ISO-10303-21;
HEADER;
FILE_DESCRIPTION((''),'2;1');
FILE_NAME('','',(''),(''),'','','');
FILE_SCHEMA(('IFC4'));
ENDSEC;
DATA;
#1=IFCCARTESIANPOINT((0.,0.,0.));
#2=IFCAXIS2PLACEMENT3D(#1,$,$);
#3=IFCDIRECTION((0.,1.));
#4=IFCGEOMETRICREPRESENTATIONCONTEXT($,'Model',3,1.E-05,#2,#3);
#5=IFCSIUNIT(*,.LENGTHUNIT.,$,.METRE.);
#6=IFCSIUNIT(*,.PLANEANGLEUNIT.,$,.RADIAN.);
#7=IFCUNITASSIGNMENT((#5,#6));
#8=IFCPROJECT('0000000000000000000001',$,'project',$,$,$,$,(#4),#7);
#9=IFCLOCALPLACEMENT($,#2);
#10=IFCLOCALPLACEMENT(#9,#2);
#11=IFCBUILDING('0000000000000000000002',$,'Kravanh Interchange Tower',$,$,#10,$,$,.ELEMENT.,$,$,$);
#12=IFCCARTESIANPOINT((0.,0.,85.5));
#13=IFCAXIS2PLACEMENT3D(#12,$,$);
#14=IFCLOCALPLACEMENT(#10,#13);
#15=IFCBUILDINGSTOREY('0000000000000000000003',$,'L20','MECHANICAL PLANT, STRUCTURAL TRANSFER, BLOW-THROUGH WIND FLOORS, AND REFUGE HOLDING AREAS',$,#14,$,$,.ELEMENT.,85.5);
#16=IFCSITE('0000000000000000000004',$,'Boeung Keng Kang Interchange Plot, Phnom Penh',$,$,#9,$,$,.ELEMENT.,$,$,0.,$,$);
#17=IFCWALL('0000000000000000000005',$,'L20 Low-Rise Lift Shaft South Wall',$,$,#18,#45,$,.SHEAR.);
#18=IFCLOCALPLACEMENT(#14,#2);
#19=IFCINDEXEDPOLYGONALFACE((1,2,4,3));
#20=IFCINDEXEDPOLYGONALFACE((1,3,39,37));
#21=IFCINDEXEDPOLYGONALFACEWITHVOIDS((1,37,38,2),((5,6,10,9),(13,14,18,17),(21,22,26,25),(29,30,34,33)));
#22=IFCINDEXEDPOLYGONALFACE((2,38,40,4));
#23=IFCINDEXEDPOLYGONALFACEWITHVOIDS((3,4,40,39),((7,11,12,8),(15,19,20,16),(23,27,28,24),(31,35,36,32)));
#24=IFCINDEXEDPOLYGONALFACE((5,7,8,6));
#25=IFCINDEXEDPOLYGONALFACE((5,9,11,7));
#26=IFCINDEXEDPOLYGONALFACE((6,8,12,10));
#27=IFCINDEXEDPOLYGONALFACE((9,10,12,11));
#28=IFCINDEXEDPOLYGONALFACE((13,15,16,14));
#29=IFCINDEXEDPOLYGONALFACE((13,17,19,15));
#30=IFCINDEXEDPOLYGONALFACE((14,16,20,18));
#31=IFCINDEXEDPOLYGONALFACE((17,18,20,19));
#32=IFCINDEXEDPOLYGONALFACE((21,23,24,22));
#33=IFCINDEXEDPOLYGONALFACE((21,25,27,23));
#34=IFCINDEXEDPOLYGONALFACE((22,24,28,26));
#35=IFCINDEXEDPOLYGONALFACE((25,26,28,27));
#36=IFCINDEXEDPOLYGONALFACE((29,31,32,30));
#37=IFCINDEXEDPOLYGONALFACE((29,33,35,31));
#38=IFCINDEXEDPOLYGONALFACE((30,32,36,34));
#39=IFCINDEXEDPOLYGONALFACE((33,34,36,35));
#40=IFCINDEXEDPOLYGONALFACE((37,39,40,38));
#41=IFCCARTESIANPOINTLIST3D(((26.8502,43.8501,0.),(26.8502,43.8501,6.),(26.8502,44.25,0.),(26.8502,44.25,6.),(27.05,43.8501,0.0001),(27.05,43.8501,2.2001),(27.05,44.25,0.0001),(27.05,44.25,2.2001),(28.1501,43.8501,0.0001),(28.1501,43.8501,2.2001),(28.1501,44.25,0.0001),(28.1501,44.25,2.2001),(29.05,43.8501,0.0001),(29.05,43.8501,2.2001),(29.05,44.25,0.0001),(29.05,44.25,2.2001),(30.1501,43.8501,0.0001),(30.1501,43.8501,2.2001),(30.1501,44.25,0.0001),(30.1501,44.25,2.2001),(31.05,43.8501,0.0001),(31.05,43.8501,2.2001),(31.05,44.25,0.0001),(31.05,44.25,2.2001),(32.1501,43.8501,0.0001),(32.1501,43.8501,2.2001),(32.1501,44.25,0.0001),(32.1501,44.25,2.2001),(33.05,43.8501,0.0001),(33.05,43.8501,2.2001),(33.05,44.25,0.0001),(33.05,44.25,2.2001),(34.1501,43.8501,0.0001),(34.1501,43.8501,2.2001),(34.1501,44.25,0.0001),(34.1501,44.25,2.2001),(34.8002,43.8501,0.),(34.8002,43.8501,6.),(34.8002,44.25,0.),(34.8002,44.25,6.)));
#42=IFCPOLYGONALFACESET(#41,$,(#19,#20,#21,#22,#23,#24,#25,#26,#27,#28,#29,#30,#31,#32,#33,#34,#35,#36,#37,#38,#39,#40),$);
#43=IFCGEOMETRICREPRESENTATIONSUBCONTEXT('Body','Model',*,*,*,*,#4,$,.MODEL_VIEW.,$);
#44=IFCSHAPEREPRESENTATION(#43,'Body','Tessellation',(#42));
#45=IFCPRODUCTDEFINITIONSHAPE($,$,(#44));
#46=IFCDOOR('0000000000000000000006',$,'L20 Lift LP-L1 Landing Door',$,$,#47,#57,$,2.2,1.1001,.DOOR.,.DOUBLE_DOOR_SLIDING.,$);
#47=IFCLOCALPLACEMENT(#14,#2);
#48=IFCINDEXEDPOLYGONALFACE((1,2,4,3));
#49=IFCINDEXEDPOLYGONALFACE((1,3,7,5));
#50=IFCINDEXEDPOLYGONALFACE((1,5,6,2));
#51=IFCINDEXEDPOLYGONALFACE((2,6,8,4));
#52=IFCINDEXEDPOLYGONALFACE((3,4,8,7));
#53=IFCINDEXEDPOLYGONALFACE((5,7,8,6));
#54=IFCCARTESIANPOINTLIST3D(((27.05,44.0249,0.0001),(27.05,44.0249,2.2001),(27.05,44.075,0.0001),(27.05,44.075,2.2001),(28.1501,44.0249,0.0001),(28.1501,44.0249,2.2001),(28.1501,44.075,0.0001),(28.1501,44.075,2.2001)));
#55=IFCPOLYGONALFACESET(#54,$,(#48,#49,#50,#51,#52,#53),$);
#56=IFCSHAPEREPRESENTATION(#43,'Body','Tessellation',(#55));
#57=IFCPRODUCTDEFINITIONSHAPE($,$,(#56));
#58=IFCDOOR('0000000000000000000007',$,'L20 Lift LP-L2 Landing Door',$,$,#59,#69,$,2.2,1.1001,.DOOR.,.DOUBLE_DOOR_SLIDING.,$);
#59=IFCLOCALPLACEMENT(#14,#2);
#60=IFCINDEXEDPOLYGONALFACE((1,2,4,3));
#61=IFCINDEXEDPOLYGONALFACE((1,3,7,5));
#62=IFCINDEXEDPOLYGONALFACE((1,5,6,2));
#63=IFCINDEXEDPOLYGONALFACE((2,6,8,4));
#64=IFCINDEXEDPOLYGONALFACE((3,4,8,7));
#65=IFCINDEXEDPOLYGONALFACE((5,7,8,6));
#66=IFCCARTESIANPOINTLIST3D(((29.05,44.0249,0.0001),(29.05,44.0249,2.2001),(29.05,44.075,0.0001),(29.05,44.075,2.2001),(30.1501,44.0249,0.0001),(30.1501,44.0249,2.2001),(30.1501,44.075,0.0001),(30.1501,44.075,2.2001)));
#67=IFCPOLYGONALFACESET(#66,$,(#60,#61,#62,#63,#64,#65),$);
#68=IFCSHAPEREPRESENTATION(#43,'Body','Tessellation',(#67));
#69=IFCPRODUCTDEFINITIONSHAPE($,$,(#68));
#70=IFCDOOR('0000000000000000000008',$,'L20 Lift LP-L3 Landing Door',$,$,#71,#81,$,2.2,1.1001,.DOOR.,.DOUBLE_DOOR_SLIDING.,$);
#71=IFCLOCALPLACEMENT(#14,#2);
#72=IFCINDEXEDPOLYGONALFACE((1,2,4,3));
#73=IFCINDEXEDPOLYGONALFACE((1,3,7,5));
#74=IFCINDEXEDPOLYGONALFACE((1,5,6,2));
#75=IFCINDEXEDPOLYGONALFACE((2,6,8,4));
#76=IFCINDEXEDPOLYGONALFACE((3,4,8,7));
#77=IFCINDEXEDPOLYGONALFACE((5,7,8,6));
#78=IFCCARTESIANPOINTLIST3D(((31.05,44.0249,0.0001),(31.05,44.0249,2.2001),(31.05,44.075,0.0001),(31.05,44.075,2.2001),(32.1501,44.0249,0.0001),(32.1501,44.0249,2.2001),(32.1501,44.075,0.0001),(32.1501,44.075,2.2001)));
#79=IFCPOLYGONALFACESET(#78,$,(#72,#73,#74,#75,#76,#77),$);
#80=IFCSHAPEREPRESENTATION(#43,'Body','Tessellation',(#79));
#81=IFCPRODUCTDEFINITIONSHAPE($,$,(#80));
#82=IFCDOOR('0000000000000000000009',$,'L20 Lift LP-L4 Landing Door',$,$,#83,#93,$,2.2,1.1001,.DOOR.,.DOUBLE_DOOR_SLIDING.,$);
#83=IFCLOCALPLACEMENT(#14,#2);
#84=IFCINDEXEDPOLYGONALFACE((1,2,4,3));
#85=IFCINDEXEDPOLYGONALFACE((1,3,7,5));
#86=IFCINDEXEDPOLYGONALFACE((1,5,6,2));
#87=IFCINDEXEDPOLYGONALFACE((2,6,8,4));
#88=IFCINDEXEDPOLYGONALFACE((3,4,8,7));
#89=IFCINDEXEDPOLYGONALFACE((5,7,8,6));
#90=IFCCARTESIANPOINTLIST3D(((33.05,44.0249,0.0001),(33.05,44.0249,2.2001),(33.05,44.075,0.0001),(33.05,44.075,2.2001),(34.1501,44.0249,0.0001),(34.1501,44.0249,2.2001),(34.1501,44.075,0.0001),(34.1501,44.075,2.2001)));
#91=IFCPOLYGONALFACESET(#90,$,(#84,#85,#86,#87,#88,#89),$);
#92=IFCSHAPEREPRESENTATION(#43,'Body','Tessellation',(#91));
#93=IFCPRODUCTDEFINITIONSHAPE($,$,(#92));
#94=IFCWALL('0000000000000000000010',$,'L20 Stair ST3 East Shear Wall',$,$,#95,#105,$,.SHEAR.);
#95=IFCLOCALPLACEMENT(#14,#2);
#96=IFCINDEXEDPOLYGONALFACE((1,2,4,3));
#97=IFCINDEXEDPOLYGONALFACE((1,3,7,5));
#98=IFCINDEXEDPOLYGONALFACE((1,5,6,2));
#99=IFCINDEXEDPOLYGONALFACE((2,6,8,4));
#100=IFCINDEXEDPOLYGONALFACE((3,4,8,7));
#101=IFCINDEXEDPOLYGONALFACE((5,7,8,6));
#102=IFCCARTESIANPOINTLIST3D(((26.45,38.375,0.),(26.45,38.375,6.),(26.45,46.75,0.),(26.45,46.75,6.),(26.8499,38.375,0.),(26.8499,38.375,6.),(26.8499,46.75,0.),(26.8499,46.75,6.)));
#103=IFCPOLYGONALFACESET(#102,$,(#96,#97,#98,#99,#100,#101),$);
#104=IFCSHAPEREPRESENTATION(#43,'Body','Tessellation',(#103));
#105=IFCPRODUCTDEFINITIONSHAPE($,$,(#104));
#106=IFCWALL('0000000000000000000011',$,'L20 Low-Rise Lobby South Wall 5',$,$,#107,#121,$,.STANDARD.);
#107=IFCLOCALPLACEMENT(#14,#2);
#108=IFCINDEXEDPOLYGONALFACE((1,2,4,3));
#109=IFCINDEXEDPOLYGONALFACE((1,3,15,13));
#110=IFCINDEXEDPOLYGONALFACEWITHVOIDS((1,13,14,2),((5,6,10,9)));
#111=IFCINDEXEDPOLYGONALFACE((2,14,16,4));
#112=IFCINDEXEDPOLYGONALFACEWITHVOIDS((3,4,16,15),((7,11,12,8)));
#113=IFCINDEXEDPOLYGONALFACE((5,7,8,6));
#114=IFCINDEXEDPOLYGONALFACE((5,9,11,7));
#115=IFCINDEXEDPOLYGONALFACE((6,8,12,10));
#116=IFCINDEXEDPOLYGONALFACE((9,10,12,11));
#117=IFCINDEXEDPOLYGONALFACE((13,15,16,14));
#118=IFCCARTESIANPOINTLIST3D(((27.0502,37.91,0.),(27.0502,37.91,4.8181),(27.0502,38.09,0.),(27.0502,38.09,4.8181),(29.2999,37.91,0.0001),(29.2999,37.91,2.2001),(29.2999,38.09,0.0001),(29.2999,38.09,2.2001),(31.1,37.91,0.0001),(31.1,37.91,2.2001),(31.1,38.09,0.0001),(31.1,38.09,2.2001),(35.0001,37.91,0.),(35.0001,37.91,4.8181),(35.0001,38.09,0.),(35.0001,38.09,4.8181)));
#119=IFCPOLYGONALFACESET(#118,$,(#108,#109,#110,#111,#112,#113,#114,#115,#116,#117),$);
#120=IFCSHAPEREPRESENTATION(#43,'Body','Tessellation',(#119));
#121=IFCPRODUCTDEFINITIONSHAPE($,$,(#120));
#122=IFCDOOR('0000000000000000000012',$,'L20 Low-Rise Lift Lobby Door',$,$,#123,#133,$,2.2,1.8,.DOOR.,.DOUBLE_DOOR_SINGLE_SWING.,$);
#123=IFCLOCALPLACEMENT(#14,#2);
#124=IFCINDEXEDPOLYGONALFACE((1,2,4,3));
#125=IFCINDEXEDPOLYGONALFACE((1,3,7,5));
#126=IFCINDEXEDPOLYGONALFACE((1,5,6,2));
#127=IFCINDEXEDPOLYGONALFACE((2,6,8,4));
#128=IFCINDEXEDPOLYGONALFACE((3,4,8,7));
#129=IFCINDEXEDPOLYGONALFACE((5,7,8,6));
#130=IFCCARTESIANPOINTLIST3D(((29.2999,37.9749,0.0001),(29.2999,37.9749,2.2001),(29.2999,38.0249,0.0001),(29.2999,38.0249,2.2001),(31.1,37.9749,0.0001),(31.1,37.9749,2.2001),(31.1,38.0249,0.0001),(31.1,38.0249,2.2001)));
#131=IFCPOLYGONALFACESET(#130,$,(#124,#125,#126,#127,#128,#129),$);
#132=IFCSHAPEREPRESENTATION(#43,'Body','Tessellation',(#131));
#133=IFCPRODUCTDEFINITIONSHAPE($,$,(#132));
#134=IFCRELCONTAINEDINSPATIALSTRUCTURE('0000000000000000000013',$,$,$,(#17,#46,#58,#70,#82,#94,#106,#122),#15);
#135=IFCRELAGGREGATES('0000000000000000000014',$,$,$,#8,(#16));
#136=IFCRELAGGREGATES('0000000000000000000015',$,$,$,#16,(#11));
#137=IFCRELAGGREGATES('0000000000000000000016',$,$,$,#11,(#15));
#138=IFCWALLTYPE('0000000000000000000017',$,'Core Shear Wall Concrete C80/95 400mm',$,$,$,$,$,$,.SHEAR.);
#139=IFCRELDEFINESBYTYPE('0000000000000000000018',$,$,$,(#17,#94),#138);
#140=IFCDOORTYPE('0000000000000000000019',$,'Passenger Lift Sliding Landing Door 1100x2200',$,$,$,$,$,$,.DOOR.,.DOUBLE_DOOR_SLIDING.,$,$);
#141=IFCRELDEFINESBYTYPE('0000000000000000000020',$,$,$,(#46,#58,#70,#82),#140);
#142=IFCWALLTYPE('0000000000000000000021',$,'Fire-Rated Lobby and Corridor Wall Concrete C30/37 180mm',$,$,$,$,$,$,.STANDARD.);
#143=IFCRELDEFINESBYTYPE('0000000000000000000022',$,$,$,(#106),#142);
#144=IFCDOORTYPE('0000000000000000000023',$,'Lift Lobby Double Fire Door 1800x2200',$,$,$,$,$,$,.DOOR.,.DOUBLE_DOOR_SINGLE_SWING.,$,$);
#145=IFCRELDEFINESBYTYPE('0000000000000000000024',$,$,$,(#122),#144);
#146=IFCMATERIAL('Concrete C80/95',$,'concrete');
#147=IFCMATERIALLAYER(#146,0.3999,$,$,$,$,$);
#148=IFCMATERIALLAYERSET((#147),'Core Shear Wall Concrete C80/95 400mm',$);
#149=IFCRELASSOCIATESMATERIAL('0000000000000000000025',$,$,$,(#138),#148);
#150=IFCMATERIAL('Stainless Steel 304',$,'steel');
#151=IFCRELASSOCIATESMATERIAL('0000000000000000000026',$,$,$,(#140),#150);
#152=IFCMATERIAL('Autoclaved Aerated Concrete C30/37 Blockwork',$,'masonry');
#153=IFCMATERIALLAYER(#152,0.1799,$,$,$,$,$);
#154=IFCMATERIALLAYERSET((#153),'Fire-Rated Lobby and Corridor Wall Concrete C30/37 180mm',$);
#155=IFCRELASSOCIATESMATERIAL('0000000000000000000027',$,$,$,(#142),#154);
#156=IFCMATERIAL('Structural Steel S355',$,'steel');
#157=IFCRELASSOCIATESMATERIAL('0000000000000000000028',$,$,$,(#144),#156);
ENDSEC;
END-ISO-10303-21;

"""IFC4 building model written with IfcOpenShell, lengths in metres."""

from ifc_helpers import new_model, si_unit, direction, frame, frame_2d, origin, place, context, subcontext, project, spatial, rectangle, extrude, material, layer, layer_set, type_object, element, fill, save


model = new_model("IFC4")

# Units and contexts
model_context = context("Model", 3, precision=1e-05, world=origin(), true_north=direction((0.0, 1.0)))
body_context = subcontext(model_context, "Body", "Model", "MODEL_VIEW")
ifc_project = project(units=[si_unit("LENGTHUNIT", "METRE"), si_unit("PLANEANGLEUNIT", "RADIAN")], contexts=[model_context])

# Site, building, storey
site_placement = place(None, origin())
site = spatial("IfcSite", under=ifc_project, at=site_placement, Name="Boeung Keng Kang Interchange Plot, Phnom Penh", CompositionType="ELEMENT", RefElevation=0.0)
building_placement = place(site_placement, origin())
building = spatial("IfcBuilding", under=site, at=building_placement, Name="Kravanh Interchange Tower", CompositionType="ELEMENT")
storey_placement = place(building_placement, frame((0.0, 0.0, 85.5)))
storey = spatial("IfcBuildingStorey", under=building, at=storey_placement, Name="L20", Description="MECHANICAL PLANT, STRUCTURAL TRANSFER, BLOW-THROUGH WIND FLOORS, AND REFUGE HOLDING AREAS", CompositionType="ELEMENT", Elevation=85.5)

# Shared definitions
ifc_material_1 = material(Name="Concrete C80/95", Category="concrete")
ifc_layer_1 = layer(ifc_material_1, 0.3999)
ifc_layer_set_1 = layer_set([ifc_layer_1], Name="Core Shear Wall Concrete C80/95 400mm")
wall_type_1 = type_object("IfcWallType", Name="Core Shear Wall Concrete C80/95 400mm", PredefinedType="SHEAR", material=ifc_layer_set_1)

# Wall, openings, doors
wall_1_placement = place(storey_placement, frame((26.8501, 44.05, 0.0), z_axis=(0.0, 0.0, 1.0), x_axis=(1.0, 0.0, 0.0)))
wall_1 = element("IfcWall", 1, at=wall_1_placement, inside=storey, type_object=wall_type_1, Name="L20 Low-Rise Lift Shaft South Wall", PredefinedType="SHEAR", context=body_context, shape_type="SweptSolid", body=[
    extrude(rectangle(XDim=7.95, YDim=0.3999, at=frame_2d((3.9751, 0.0))), origin(), (0.0, 0.0, 1.0), 6.0),
])
opening_1_placement = place(wall_1_placement, frame((0.2, 0.0, 0.0)))
opening_1 = element("IfcOpeningElement", 2, at=opening_1_placement, cuts=wall_1, PredefinedType="OPENING", context=body_context, shape_type="SweptSolid", body=[
    extrude(rectangle(XDim=1.1001, YDim=2.2, at=frame_2d((0.55, 1.1001))), frame((0.0, 0.21, 0.0), z_axis=(0.0, -1.0, 0.0), x_axis=(1.0, 0.0, 0.0)), (0.0, 0.0, 1.0), 0.4199),
])
opening_2_placement = place(wall_1_placement, frame((2.2, 0.0, 0.0)))
opening_2 = element("IfcOpeningElement", 3, at=opening_2_placement, cuts=wall_1, PredefinedType="OPENING", context=body_context, shape_type="SweptSolid", body=[
    extrude(rectangle(XDim=1.1001, YDim=2.2, at=frame_2d((0.55, 1.1001))), frame((0.0, 0.21, 0.0), z_axis=(0.0, -1.0, 0.0), x_axis=(1.0, 0.0, 0.0)), (0.0, 0.0, 1.0), 0.4199),
])
opening_3_placement = place(wall_1_placement, frame((4.2, 0.0, 0.0)))
opening_3 = element("IfcOpeningElement", 4, at=opening_3_placement, cuts=wall_1, PredefinedType="OPENING", context=body_context, shape_type="SweptSolid", body=[
    extrude(rectangle(XDim=1.1001, YDim=2.2, at=frame_2d((0.55, 1.1001))), frame((0.0, 0.21, 0.0), z_axis=(0.0, -1.0, 0.0), x_axis=(1.0, 0.0, 0.0)), (0.0, 0.0, 1.0), 0.4199),
])
opening_4_placement = place(wall_1_placement, frame((6.2, 0.0, 0.0)))
opening_4 = element("IfcOpeningElement", 5, at=opening_4_placement, cuts=wall_1, PredefinedType="OPENING", context=body_context, shape_type="SweptSolid", body=[
    extrude(rectangle(XDim=1.1001, YDim=2.2, at=frame_2d((0.55, 1.1001))), frame((0.0, 0.21, 0.0), z_axis=(0.0, -1.0, 0.0), x_axis=(1.0, 0.0, 0.0)), (0.0, 0.0, 1.0), 0.4199),
])
ifc_material_2 = material(Name="Stainless Steel 304", Category="steel")
door_type_1 = type_object("IfcDoorType", Name="Passenger Lift Sliding Landing Door 1100x2200", OperationType="DOUBLE_DOOR_SLIDING", PredefinedType="DOOR", material=ifc_material_2)
door_1_placement = place(opening_1_placement, origin())
door_1 = element("IfcDoor", 6, at=door_1_placement, inside=storey, type_object=door_type_1, Name="L20 Lift LP-L1 Landing Door", OperationType="DOUBLE_DOOR_SLIDING", OverallHeight=2.2, OverallWidth=1.1001, PredefinedType="DOOR", context=body_context, shape_type="SweptSolid", body=[
    extrude(rectangle(XDim=1.1001, YDim=2.2, at=frame_2d((0.55, 1.1001))), frame((0.0, 0.0249, 0.0), z_axis=(0.0, -1.0, 0.0), x_axis=(1.0, 0.0, 0.0)), (0.0, 0.0, 1.0), 0.05),
])
fill(opening_1, door_1)
door_2_placement = place(opening_2_placement, origin())
door_2 = element("IfcDoor", 7, at=door_2_placement, inside=storey, type_object=door_type_1, Name="L20 Lift LP-L2 Landing Door", OperationType="DOUBLE_DOOR_SLIDING", OverallHeight=2.2, OverallWidth=1.1001, PredefinedType="DOOR", context=body_context, shape_type="SweptSolid", body=[
    extrude(rectangle(XDim=1.1001, YDim=2.2, at=frame_2d((0.55, 1.1001))), frame((0.0, 0.0249, 0.0), z_axis=(0.0, -1.0, 0.0), x_axis=(1.0, 0.0, 0.0)), (0.0, 0.0, 1.0), 0.05),
])
fill(opening_2, door_2)
door_3_placement = place(opening_3_placement, origin())
door_3 = element("IfcDoor", 8, at=door_3_placement, inside=storey, type_object=door_type_1, Name="L20 Lift LP-L3 Landing Door", OperationType="DOUBLE_DOOR_SLIDING", OverallHeight=2.2, OverallWidth=1.1001, PredefinedType="DOOR", context=body_context, shape_type="SweptSolid", body=[
    extrude(rectangle(XDim=1.1001, YDim=2.2, at=frame_2d((0.55, 1.1001))), frame((0.0, 0.0249, 0.0), z_axis=(0.0, -1.0, 0.0), x_axis=(1.0, 0.0, 0.0)), (0.0, 0.0, 1.0), 0.05),
])
fill(opening_3, door_3)
door_4_placement = place(opening_4_placement, origin())
door_4 = element("IfcDoor", 9, at=door_4_placement, inside=storey, type_object=door_type_1, Name="L20 Lift LP-L4 Landing Door", OperationType="DOUBLE_DOOR_SLIDING", OverallHeight=2.2, OverallWidth=1.1001, PredefinedType="DOOR", context=body_context, shape_type="SweptSolid", body=[
    extrude(rectangle(XDim=1.1001, YDim=2.2, at=frame_2d((0.55, 1.1001))), frame((0.0, 0.0249, 0.0), z_axis=(0.0, -1.0, 0.0), x_axis=(1.0, 0.0, 0.0)), (0.0, 0.0, 1.0), 0.05),
])
fill(opening_4, door_4)

# Wall
wall_2_placement = place(storey_placement, frame((26.6499, 38.375, 0.0), z_axis=(0.0, 0.0, 1.0), x_axis=(0.0, 1.0, 0.0)))
element("IfcWall", 10, at=wall_2_placement, inside=storey, type_object=wall_type_1, Name="L20 Stair ST3 East Shear Wall", PredefinedType="SHEAR", context=body_context, shape_type="SweptSolid", body=[
    extrude(rectangle(XDim=8.375, YDim=0.3999, at=frame_2d((4.1875, 0.0))), origin(), (0.0, 0.0, 1.0), 6.0),
])

# Wall, opening, door
ifc_material_3 = material(Name="Autoclaved Aerated Concrete C30/37 Blockwork", Category="masonry")
ifc_layer_2 = layer(ifc_material_3, 0.1799)
ifc_layer_set_2 = layer_set([ifc_layer_2], Name="Fire-Rated Lobby and Corridor Wall Concrete C30/37 180mm")
wall_type_2 = type_object("IfcWallType", Name="Fire-Rated Lobby and Corridor Wall Concrete C30/37 180mm", PredefinedType="STANDARD", material=ifc_layer_set_2)
wall_3_placement = place(storey_placement, frame((27.05, 38.0, 0.0), z_axis=(0.0, 0.0, 1.0), x_axis=(1.0, 0.0, 0.0)))
wall_3 = element("IfcWall", 11, at=wall_3_placement, inside=storey, type_object=wall_type_2, Name="L20 Low-Rise Lobby South Wall 5", PredefinedType="STANDARD", context=body_context, shape_type="SweptSolid", body=[
    extrude(rectangle(XDim=7.95, YDim=0.1799, at=frame_2d((3.9751, 0.0))), origin(), (0.0, 0.0, 1.0), 4.8181),
])
opening_5_placement = place(wall_3_placement, frame((2.25, 0.0, 0.0)))
opening_5 = element("IfcOpeningElement", 12, at=opening_5_placement, cuts=wall_3, PredefinedType="OPENING", context=body_context, shape_type="SweptSolid", body=[
    extrude(rectangle(XDim=1.8, YDim=2.2, at=frame_2d((0.8999, 1.1001))), frame((0.0, 0.1001, 0.0), z_axis=(0.0, -1.0, 0.0), x_axis=(1.0, 0.0, 0.0)), (0.0, 0.0, 1.0), 0.2),
])
ifc_material_4 = material(Name="Structural Steel S355", Category="steel")
door_type_2 = type_object("IfcDoorType", Name="Lift Lobby Double Fire Door 1800x2200", OperationType="DOUBLE_DOOR_SINGLE_SWING", PredefinedType="DOOR", material=ifc_material_4)
door_5_placement = place(opening_5_placement, origin())
door_5 = element("IfcDoor", 13, at=door_5_placement, inside=storey, type_object=door_type_2, Name="L20 Low-Rise Lift Lobby Door", OperationType="DOUBLE_DOOR_SINGLE_SWING", OverallHeight=2.2, OverallWidth=1.8, PredefinedType="DOOR", context=body_context, shape_type="SweptSolid", body=[
    extrude(rectangle(XDim=1.8, YDim=2.2, at=frame_2d((0.8999, 1.1001))), frame((0.0, 0.0249, 0.0), z_axis=(0.0, -1.0, 0.0), x_axis=(1.0, 0.0, 0.0)), (0.0, 0.0, 1.0), 0.05),
])
fill(opening_5, door_5)

save(model, "model.ifc")
